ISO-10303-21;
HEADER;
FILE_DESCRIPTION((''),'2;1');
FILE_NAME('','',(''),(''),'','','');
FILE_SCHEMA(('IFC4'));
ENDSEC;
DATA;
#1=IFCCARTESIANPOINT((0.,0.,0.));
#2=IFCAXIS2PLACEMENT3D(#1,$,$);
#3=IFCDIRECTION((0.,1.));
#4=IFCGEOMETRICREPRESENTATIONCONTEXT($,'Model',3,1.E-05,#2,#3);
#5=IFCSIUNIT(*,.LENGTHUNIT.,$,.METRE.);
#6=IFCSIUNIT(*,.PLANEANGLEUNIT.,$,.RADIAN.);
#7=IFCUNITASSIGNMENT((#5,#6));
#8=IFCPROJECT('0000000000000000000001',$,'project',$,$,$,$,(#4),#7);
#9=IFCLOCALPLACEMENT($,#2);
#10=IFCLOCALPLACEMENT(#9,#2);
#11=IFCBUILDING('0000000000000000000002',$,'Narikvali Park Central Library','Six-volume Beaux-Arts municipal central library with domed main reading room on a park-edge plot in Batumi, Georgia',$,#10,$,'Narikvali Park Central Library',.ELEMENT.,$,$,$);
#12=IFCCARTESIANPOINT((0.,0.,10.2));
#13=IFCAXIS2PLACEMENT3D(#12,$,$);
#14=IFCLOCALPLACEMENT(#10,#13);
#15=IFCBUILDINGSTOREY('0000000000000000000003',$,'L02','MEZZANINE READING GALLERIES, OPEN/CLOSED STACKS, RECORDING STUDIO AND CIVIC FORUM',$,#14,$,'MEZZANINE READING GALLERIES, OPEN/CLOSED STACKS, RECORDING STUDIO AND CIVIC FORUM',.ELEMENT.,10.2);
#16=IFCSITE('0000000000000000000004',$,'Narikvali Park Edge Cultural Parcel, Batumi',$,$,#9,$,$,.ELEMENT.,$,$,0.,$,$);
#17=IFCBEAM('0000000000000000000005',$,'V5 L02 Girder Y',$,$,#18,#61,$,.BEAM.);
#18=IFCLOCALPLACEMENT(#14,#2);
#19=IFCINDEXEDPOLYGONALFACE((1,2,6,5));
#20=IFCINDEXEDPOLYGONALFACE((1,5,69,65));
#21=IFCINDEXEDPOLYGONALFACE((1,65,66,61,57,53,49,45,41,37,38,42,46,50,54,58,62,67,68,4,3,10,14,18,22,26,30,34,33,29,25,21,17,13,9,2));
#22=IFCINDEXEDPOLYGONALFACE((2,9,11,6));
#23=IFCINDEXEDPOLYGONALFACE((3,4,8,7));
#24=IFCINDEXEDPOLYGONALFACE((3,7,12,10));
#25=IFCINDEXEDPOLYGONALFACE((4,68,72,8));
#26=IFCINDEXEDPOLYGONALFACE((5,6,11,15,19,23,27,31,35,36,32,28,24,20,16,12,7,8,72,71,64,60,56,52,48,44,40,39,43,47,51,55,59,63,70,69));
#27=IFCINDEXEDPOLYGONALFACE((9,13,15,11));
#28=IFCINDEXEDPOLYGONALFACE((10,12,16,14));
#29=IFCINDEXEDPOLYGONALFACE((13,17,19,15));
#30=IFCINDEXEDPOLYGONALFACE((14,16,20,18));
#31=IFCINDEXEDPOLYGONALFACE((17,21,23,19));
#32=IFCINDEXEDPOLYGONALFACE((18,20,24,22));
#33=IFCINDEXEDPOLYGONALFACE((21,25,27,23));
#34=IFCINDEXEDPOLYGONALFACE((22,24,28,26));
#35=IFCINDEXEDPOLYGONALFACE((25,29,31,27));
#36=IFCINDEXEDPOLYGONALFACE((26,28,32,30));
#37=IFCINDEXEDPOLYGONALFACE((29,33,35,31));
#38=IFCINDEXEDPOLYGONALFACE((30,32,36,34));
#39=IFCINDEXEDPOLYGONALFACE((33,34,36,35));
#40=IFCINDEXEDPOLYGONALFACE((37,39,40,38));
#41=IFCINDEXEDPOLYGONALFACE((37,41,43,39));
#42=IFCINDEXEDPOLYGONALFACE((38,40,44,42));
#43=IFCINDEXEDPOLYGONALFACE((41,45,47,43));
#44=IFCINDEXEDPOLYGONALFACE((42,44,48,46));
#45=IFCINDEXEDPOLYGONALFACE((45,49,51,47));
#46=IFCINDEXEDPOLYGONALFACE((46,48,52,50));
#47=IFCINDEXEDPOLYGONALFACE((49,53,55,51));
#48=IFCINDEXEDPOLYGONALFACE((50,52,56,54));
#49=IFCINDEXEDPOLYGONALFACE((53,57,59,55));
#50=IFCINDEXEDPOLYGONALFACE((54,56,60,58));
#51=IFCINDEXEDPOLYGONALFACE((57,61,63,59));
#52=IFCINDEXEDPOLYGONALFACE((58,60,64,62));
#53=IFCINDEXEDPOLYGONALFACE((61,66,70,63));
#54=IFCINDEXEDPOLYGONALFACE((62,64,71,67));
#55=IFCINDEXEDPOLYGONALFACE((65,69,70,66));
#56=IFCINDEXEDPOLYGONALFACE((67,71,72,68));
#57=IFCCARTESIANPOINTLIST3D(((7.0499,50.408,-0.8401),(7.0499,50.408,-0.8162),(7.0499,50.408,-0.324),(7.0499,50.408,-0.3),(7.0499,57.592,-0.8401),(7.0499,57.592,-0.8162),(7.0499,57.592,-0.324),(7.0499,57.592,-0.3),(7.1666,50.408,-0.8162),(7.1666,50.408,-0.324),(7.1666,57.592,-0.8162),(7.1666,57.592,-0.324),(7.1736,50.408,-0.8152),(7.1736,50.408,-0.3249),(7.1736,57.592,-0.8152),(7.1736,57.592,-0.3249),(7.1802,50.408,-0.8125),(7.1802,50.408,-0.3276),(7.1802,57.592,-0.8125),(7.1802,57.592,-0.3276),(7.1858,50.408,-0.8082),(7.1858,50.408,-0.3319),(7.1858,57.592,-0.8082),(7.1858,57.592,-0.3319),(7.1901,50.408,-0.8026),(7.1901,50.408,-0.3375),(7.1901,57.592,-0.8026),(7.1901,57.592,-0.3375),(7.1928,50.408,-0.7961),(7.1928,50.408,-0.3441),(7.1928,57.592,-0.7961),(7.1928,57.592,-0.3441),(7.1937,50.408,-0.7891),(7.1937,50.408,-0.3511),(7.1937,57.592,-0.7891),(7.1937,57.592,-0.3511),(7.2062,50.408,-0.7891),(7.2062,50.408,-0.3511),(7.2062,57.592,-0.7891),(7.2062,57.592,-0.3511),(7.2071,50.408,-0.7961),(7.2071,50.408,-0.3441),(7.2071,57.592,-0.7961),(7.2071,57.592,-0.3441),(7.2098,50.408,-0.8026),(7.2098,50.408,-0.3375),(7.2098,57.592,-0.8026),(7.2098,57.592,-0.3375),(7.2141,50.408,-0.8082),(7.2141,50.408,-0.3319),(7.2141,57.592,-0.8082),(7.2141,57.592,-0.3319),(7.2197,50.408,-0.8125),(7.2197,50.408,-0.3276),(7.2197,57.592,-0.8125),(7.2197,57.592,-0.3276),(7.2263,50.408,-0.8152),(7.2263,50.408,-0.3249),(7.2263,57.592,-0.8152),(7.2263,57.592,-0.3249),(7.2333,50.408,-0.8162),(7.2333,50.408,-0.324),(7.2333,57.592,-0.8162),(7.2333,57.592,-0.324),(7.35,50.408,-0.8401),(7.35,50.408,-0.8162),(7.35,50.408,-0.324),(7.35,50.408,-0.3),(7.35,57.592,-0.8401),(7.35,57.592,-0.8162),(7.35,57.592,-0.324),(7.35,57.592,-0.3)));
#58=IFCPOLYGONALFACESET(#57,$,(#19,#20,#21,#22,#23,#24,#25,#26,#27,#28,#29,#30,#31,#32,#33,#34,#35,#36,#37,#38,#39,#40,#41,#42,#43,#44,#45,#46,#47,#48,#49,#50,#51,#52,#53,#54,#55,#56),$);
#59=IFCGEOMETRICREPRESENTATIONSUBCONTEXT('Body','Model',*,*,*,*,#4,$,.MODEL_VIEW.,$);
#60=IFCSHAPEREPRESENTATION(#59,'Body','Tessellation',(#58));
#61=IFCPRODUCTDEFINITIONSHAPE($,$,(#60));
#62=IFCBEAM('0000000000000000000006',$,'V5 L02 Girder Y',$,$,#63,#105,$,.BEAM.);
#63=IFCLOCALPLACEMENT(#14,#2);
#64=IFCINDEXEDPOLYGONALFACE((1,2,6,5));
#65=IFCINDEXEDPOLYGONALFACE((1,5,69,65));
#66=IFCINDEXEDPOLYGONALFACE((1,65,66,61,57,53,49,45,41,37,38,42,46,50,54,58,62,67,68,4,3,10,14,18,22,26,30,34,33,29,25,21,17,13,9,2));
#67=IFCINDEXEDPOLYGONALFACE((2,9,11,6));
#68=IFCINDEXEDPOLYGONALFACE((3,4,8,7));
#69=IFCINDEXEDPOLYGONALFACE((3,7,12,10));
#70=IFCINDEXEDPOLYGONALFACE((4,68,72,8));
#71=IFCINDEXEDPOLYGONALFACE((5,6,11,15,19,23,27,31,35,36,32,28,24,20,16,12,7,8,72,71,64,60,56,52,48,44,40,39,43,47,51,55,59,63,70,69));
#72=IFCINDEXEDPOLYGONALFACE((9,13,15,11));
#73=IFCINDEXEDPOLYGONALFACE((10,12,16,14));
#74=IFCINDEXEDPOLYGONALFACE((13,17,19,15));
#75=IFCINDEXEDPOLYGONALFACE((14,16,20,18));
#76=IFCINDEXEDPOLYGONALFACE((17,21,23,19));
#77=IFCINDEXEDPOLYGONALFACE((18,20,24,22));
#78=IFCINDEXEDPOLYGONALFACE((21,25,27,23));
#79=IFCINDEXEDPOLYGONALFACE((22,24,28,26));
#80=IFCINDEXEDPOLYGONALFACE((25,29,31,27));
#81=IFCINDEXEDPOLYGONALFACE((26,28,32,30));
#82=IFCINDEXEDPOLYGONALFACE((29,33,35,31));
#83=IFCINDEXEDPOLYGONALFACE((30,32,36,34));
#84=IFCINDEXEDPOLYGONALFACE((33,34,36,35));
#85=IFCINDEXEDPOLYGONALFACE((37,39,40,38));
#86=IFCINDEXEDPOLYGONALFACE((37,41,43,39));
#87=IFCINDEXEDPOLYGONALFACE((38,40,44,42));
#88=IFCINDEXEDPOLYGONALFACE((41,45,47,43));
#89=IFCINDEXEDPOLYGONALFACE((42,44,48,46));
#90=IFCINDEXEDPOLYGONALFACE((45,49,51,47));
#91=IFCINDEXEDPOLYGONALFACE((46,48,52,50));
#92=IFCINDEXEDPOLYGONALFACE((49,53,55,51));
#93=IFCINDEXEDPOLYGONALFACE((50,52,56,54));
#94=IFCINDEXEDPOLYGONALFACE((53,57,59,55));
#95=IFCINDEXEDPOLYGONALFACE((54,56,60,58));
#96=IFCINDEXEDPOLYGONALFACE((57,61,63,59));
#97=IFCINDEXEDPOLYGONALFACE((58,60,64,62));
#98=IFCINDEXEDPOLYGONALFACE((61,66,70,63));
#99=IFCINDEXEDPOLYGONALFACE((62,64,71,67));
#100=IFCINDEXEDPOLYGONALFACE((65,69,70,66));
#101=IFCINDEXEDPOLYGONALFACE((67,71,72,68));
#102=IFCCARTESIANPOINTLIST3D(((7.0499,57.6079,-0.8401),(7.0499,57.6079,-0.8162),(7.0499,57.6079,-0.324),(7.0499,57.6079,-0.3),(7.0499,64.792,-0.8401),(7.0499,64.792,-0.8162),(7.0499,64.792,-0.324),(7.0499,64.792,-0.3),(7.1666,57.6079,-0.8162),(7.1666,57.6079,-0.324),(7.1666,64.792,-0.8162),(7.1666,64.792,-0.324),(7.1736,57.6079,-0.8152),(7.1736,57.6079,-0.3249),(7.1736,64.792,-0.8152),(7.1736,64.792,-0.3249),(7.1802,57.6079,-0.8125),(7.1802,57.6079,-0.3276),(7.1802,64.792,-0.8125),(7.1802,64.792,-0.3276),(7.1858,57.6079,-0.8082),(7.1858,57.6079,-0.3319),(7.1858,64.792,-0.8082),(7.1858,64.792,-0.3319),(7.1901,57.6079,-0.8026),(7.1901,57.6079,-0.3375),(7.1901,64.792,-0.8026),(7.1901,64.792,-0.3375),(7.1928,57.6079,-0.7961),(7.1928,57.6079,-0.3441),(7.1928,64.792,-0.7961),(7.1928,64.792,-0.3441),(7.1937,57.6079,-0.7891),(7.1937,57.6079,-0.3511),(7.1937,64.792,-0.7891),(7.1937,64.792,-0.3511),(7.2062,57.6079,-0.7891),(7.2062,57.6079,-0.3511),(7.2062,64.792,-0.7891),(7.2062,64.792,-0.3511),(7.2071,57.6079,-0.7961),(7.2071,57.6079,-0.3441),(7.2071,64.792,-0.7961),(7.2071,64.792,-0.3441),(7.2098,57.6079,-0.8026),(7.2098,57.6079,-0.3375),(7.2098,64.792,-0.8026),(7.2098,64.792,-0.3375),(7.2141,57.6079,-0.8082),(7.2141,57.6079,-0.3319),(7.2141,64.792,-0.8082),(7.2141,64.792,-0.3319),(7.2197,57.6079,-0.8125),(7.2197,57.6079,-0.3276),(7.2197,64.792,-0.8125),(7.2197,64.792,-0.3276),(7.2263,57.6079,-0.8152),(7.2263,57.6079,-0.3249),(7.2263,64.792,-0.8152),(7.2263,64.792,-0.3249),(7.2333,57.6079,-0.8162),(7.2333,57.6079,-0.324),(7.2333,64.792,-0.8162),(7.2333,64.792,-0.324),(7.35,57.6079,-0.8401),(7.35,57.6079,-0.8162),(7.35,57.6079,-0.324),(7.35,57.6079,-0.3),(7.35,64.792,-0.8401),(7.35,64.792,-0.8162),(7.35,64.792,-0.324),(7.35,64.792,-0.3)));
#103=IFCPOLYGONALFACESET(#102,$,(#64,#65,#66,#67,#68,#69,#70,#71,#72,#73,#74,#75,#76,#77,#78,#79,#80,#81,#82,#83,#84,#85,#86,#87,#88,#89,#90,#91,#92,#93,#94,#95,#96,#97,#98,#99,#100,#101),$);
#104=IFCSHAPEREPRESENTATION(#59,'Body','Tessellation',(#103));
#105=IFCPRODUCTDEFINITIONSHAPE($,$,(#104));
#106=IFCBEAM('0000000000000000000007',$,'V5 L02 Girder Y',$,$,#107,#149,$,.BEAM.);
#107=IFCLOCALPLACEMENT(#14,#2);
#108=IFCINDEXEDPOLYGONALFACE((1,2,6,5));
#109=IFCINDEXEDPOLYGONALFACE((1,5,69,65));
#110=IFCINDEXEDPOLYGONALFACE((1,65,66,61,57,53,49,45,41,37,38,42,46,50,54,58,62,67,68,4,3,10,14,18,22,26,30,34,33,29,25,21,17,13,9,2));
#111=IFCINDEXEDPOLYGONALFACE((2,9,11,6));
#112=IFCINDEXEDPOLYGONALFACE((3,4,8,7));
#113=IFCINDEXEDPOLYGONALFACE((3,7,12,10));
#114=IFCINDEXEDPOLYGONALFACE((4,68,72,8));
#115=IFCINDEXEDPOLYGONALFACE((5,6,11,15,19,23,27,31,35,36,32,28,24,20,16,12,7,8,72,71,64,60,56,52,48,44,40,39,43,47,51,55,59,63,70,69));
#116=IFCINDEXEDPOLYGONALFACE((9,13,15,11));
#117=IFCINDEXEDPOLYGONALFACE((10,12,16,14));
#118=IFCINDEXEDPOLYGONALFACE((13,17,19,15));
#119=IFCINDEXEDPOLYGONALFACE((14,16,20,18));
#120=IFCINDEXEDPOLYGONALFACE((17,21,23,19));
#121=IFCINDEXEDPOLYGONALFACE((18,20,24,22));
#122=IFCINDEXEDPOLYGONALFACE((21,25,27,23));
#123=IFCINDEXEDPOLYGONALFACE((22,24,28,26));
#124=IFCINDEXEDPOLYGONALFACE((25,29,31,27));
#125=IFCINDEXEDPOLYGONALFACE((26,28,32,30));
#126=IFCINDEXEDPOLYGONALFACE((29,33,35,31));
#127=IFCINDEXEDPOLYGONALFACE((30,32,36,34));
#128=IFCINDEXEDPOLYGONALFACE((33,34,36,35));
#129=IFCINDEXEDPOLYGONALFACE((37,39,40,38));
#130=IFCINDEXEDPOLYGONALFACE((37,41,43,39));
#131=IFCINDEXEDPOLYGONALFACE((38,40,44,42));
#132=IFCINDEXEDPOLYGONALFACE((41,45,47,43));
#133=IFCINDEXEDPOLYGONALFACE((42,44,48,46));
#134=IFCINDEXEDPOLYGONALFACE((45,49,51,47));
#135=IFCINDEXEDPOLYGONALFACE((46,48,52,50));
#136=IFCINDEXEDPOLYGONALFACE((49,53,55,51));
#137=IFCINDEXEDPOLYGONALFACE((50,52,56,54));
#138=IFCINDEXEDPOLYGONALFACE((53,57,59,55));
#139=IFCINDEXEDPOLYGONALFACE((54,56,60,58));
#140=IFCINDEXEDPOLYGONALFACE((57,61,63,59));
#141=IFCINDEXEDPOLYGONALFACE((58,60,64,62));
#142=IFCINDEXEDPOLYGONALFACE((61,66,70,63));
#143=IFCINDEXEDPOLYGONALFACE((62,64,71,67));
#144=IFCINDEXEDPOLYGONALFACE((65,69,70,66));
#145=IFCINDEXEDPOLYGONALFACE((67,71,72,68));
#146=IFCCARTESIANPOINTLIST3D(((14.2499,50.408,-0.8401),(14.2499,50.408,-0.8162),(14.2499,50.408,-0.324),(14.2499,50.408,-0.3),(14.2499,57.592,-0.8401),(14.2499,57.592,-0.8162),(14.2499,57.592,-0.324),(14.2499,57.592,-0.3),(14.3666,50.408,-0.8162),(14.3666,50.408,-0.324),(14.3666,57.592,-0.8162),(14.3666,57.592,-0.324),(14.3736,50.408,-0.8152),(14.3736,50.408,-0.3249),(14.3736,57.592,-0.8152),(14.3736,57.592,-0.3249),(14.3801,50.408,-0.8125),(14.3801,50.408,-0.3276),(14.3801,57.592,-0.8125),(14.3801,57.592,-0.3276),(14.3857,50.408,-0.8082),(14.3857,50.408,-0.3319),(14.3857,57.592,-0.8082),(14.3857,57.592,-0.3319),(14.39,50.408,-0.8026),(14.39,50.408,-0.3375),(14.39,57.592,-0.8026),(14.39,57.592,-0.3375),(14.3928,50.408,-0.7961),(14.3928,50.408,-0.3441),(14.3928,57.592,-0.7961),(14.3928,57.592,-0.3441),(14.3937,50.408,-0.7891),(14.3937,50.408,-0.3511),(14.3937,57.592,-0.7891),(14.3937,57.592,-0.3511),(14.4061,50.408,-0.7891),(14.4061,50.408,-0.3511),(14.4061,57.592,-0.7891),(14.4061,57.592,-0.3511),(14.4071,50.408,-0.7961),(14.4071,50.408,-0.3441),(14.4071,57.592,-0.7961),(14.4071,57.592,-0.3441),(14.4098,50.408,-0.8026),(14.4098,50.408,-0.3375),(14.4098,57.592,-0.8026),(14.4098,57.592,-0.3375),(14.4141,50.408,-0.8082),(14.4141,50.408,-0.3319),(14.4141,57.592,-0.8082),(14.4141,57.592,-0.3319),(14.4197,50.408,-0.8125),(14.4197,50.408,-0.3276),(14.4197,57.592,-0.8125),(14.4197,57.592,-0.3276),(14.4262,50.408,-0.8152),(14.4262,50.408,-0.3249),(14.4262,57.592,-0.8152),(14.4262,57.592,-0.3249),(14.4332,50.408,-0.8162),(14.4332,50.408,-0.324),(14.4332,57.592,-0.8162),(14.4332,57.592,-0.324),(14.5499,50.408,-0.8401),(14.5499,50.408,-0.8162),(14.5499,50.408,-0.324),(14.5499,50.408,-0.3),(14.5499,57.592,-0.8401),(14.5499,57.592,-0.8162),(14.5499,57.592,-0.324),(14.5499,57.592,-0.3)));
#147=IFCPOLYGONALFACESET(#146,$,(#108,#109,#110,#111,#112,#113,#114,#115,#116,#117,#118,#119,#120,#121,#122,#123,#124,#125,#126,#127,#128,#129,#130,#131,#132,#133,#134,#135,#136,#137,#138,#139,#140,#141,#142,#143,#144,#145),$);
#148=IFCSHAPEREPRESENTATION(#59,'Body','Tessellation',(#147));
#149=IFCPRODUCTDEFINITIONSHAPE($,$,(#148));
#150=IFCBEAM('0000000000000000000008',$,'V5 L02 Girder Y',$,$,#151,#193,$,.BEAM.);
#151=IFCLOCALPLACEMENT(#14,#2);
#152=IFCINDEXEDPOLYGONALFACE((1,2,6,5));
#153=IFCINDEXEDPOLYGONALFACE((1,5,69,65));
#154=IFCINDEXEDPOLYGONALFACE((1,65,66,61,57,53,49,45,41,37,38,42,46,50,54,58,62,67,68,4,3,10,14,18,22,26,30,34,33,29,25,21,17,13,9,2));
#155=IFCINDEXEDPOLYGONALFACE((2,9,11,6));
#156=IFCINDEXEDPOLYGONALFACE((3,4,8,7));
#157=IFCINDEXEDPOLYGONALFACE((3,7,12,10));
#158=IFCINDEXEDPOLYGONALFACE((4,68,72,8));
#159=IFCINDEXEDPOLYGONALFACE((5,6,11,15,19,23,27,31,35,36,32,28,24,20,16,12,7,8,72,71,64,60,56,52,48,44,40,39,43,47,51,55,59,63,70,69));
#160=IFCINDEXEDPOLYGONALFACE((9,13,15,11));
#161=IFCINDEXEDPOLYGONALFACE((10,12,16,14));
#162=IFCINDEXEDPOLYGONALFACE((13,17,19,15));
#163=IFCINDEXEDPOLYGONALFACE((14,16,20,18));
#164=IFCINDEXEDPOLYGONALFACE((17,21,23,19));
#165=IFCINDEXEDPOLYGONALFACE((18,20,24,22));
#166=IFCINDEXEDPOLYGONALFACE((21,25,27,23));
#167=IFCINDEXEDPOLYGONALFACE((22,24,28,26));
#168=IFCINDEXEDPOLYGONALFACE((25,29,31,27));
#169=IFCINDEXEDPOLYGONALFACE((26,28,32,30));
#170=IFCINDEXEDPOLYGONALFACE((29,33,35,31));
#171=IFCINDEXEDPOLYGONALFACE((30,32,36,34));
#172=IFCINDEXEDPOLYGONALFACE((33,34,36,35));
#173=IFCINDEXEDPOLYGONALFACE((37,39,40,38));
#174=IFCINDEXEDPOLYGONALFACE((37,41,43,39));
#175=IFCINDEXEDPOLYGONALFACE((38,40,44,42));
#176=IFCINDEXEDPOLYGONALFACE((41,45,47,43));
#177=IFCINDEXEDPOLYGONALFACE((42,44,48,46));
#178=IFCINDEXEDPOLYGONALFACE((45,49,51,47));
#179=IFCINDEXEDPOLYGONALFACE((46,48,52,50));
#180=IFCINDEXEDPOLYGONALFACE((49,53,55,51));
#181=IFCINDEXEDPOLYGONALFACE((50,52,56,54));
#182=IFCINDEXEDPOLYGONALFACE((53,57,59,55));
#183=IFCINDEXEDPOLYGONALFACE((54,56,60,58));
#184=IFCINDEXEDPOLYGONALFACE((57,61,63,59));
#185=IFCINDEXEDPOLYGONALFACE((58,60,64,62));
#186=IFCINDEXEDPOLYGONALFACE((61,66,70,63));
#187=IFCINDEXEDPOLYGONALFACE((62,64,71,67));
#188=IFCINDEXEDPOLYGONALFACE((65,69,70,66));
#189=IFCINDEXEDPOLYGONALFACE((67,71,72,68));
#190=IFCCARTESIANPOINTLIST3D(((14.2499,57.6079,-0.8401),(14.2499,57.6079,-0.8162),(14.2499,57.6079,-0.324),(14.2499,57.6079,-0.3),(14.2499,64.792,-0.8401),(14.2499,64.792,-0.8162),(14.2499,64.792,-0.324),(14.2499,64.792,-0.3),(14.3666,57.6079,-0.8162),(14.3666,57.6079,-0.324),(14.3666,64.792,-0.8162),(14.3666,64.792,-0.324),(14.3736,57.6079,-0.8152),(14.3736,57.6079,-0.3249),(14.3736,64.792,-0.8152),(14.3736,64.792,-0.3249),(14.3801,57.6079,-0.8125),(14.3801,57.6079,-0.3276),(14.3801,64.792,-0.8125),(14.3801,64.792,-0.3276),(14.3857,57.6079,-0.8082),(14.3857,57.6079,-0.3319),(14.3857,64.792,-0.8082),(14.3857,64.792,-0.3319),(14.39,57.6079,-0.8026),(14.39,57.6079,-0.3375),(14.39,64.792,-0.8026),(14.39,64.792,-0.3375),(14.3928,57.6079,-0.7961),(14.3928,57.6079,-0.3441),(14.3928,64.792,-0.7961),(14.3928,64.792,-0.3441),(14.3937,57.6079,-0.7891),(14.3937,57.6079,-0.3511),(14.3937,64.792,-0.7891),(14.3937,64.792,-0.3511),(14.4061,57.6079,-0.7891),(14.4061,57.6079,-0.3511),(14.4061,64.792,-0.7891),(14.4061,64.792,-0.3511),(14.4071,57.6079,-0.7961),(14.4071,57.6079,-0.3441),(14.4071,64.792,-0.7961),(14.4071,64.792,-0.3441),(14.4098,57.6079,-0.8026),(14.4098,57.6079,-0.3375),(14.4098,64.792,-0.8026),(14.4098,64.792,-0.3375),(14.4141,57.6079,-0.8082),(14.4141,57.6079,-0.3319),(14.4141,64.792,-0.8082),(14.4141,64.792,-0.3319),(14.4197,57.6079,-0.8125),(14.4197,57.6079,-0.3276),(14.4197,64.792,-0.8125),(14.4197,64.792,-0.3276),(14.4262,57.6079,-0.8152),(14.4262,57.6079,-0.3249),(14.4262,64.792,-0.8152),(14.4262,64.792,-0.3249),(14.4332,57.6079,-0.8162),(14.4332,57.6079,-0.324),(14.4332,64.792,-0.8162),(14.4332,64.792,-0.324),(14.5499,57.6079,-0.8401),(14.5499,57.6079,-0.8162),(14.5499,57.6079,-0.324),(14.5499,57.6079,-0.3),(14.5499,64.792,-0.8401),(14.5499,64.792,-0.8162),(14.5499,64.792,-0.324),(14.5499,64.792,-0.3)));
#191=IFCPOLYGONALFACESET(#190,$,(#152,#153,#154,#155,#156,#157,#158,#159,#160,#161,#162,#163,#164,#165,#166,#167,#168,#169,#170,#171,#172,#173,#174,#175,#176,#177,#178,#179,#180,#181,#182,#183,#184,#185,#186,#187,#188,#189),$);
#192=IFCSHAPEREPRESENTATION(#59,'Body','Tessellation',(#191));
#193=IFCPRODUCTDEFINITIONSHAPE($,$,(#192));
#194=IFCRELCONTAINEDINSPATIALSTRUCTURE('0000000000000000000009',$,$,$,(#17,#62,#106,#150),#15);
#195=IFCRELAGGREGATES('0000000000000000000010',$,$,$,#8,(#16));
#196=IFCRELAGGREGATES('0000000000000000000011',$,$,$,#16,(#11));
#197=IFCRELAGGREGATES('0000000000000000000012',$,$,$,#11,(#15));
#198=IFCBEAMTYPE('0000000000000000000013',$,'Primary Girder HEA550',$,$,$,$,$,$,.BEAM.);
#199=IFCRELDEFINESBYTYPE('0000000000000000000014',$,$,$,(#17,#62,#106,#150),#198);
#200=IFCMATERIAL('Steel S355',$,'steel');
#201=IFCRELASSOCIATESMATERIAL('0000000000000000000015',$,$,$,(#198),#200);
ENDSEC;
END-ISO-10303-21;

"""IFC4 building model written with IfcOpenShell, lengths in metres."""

from ifc_helpers import new_model, si_unit, direction, frame, origin, origin_2d, place, context, subcontext, project, spatial, i_section, extrude, material, material_profile, profile_set, type_object, element, save


model = new_model("IFC4")

# Units and contexts
model_context = context("Model", 3, precision=1e-05, world=origin(), true_north=direction((0.0, 1.0)))
body_context = subcontext(model_context, "Body", "Model", "MODEL_VIEW")
ifc_project = project(units=[si_unit("LENGTHUNIT", "METRE"), si_unit("PLANEANGLEUNIT", "RADIAN")], contexts=[model_context])

# Site, building, storey
site_placement = place(None, origin())
site = spatial("IfcSite", under=ifc_project, at=site_placement, Name="Narikvali Park Edge Cultural Parcel, Batumi", CompositionType="ELEMENT", RefElevation=0.0)
building_placement = place(site_placement, origin())
building = spatial("IfcBuilding", under=site, at=building_placement, Name="Narikvali Park Central Library", Description="Six-volume Beaux-Arts municipal central library with domed main reading room on a park-edge plot in Batumi, Georgia", LongName="Narikvali Park Central Library", CompositionType="ELEMENT")
storey_placement = place(building_placement, frame((0.0, 0.0, 10.2)))
storey = spatial("IfcBuildingStorey", under=building, at=storey_placement, Name="L02", Description="MEZZANINE READING GALLERIES, OPEN/CLOSED STACKS, RECORDING STUDIO AND CIVIC FORUM", LongName="MEZZANINE READING GALLERIES, OPEN/CLOSED STACKS, RECORDING STUDIO AND CIVIC FORUM", CompositionType="ELEMENT", Elevation=10.2)

# Shared definitions
ifc_material_1 = material(Name="Steel S355", Category="steel")

# Beams
ifc_material_profile_1 = material_profile(ifc_material_1, i_section(OverallWidth=0.3, OverallDepth=0.54, WebThickness=0.0125, FlangeThickness=0.0239, FilletRadius=0.0271, at=origin_2d()), Name="HEA 550")
ifc_profile_set_1 = profile_set([ifc_material_profile_1], Name="Steel S355")
beam_type_1 = type_object("IfcBeamType", Name="Primary Girder HEA550", PredefinedType="BEAM", material=ifc_profile_set_1)
for number, where, z_axis, x_axis, name in (
    (1, (7.2, 50.408, -0.5701), (0.0, 1.0, 0.0), (-1.0, 0.0, 0.0), "V5 L02 Girder Y"),
    (2, (7.2, 57.6079, -0.5701), (0.0, 1.0, 0.0), (-1.0, 0.0, 0.0), "V5 L02 Girder Y"),
    (3, (14.3999, 50.408, -0.5701), (0.0, 1.0, 0.0), (-1.0, 0.0, 0.0), "V5 L02 Girder Y"),
    (4, (14.3999, 57.6079, -0.5701), (0.0, 1.0, 0.0), (-1.0, 0.0, 0.0), "V5 L02 Girder Y"),
):
    element("IfcBeam", number, at=place(storey_placement, frame(where, z_axis=z_axis, x_axis=x_axis)), inside=storey, type_object=beam_type_1, Name=name, PredefinedType="BEAM", context=body_context, shape_type="SweptSolid", body=[
        extrude(i_section(OverallWidth=0.3, OverallDepth=0.54, WebThickness=0.0125, FlangeThickness=0.0239, FilletRadius=0.0271, at=origin_2d()), origin(), (0.0, 0.0, 1.0), 7.1841),
    ])

save(model, "model.ifc")
